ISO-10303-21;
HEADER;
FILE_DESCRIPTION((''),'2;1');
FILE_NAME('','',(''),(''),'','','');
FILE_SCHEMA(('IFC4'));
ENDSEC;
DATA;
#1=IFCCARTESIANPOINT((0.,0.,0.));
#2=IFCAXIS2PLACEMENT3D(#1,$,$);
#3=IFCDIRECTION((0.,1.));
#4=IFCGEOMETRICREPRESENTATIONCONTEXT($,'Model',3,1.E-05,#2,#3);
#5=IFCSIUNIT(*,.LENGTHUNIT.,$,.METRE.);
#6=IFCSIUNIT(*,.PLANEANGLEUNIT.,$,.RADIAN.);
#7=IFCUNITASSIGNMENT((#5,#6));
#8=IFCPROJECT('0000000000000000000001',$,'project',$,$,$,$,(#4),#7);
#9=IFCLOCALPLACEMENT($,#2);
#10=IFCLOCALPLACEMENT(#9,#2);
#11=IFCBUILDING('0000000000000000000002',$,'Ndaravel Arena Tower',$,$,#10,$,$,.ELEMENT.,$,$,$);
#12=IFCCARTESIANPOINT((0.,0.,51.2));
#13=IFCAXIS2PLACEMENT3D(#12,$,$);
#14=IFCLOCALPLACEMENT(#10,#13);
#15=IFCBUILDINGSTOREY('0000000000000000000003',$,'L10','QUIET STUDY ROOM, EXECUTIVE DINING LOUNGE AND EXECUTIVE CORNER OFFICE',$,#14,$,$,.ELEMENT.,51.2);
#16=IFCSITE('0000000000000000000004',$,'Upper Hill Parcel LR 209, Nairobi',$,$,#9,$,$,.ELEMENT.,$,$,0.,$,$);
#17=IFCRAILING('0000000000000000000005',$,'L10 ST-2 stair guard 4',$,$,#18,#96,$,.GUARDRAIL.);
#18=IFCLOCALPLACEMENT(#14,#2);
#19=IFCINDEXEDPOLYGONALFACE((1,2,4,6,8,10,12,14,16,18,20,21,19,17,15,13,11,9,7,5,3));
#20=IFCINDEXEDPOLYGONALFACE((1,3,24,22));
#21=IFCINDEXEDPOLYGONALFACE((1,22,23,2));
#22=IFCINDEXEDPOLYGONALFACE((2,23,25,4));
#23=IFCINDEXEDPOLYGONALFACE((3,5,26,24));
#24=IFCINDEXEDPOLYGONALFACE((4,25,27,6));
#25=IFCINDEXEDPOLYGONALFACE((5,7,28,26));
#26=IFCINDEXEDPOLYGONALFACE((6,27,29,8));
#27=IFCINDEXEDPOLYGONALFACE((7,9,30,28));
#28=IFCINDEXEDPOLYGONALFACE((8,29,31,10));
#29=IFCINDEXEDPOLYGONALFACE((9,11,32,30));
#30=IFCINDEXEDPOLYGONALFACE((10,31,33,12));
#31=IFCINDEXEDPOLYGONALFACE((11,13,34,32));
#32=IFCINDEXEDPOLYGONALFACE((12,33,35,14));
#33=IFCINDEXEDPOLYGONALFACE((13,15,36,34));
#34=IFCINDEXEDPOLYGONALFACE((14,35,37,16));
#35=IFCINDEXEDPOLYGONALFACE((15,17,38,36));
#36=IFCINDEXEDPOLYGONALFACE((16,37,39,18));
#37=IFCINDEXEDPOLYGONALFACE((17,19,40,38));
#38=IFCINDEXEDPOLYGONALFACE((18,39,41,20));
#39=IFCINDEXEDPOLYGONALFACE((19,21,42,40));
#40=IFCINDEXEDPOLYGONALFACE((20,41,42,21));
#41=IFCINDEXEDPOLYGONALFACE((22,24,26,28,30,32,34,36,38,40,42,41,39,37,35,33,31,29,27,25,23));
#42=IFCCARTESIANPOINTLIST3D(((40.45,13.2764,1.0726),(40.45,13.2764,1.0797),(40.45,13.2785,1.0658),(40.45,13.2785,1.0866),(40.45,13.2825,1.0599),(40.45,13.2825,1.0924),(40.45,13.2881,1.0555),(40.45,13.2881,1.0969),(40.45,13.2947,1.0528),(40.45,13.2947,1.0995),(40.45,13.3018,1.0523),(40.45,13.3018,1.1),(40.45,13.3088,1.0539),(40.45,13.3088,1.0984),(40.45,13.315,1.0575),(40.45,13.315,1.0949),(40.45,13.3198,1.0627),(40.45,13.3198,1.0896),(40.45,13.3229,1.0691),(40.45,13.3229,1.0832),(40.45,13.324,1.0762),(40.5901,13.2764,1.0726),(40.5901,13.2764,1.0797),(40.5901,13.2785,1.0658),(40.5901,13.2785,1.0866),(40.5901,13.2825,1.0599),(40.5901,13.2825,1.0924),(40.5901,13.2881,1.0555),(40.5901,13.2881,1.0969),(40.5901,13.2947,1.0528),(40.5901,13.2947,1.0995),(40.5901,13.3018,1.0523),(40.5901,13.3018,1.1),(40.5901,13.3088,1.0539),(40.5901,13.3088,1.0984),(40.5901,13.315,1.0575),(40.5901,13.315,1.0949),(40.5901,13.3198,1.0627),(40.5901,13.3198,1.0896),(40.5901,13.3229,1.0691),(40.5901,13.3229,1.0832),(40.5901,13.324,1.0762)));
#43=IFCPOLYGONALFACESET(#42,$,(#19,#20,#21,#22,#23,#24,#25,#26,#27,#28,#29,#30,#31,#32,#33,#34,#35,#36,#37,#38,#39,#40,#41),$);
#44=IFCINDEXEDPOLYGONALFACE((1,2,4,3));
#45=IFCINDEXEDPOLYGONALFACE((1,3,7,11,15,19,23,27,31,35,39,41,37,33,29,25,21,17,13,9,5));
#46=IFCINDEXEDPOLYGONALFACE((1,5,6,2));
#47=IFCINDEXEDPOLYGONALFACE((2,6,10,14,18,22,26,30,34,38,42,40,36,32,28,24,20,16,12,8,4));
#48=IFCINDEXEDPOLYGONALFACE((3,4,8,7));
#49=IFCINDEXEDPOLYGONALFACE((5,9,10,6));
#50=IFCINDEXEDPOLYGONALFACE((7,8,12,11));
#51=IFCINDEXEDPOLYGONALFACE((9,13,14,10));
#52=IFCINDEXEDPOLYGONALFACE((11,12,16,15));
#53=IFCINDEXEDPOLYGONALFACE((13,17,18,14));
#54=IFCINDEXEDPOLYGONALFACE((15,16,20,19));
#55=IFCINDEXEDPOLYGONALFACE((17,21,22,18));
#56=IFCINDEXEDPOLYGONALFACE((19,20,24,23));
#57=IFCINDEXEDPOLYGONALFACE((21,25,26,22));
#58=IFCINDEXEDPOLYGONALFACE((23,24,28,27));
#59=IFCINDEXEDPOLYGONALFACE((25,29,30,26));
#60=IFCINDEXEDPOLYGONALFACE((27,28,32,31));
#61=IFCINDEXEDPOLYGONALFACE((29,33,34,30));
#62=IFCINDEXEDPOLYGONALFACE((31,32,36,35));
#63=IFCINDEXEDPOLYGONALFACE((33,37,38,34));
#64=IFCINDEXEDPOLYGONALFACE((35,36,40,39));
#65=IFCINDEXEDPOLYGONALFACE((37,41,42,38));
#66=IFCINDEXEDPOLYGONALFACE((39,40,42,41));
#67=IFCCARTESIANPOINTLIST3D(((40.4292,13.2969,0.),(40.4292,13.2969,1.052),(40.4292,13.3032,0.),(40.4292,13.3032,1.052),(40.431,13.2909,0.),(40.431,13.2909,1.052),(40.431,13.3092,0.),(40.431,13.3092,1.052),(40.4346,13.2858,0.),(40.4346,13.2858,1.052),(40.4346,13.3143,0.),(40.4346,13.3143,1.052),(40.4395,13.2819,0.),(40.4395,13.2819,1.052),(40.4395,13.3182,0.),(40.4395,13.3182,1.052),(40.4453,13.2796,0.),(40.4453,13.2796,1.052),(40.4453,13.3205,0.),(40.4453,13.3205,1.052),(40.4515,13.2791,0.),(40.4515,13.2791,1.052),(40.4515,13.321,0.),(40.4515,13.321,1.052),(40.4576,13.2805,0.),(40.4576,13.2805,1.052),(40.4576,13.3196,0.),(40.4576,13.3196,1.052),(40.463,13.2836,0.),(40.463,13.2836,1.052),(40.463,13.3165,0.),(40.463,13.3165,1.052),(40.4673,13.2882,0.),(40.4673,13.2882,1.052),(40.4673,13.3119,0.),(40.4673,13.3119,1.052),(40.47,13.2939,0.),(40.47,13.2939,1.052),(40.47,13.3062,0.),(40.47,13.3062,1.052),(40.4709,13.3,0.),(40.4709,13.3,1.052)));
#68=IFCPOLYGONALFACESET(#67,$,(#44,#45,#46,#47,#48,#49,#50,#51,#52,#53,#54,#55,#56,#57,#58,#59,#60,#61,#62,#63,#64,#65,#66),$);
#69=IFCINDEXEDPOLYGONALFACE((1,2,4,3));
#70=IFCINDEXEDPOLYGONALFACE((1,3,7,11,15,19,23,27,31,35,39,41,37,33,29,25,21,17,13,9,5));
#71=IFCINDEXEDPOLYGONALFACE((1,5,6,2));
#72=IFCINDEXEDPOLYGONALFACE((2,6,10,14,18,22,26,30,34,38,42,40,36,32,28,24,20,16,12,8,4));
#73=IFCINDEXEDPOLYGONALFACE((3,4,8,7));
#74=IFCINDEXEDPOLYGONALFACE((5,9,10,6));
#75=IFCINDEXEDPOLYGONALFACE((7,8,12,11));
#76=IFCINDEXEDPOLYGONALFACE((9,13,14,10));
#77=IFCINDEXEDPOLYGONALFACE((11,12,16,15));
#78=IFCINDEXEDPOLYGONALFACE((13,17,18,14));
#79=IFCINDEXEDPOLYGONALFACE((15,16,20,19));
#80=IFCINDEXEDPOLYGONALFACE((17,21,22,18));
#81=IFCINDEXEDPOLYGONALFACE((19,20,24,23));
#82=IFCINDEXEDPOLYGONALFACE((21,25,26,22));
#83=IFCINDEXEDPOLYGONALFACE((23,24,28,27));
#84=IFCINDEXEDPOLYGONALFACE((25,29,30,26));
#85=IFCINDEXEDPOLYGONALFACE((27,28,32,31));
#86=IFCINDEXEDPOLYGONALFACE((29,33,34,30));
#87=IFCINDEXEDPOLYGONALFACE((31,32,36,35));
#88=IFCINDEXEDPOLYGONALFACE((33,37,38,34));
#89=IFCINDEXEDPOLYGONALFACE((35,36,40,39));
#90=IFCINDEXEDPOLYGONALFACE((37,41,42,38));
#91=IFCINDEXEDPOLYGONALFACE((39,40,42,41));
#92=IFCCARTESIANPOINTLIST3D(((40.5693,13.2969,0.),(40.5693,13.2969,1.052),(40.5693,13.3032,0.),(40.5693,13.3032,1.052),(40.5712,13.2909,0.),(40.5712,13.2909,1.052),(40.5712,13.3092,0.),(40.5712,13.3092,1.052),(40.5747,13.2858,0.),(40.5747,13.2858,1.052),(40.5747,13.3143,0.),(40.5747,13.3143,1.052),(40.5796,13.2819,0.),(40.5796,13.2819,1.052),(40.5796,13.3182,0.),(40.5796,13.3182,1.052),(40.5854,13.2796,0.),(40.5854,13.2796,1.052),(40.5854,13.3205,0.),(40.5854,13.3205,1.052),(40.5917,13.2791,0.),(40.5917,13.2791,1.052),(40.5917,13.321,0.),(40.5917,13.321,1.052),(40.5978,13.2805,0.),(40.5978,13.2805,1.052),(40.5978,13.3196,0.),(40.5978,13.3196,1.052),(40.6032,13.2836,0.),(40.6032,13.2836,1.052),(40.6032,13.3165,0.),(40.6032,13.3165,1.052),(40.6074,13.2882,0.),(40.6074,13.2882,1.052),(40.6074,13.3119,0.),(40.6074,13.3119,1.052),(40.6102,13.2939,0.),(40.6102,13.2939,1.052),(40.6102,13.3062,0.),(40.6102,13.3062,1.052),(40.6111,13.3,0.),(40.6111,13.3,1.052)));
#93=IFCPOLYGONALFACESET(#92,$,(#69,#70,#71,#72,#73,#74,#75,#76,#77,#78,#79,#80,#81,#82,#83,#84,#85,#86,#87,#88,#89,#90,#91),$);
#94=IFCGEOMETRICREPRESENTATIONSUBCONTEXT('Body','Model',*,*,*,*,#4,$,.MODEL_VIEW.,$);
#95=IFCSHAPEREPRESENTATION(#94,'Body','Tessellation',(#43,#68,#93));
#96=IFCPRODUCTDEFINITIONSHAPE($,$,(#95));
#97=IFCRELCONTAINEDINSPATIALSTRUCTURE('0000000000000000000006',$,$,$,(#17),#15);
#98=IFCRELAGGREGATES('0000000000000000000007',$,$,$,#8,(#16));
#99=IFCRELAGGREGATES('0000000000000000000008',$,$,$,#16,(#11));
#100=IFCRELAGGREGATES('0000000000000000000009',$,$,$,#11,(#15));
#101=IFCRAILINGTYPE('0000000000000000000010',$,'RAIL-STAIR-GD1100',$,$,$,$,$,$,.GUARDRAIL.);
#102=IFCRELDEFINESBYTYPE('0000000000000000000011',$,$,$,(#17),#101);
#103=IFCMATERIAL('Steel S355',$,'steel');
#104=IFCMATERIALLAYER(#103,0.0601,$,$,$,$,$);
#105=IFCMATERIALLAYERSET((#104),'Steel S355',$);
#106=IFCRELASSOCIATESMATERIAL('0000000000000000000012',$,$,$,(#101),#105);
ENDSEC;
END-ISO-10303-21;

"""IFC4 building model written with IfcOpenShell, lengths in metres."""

from ifc_helpers import new_model, si_unit, direction, frame, origin, origin_2d, place, context, subcontext, project, spatial, circle, extrude, material, layer, layer_set, type_object, element, save


model = new_model("IFC4")

# Units and contexts
model_context = context("Model", 3, precision=1e-05, world=origin(), true_north=direction((0.0, 1.0)))
body_context = subcontext(model_context, "Body", "Model", "MODEL_VIEW")
ifc_project = project(units=[si_unit("LENGTHUNIT", "METRE"), si_unit("PLANEANGLEUNIT", "RADIAN")], contexts=[model_context])

# Site, building, storey
site_placement = place(None, origin())
site = spatial("IfcSite", under=ifc_project, at=site_placement, Name="Upper Hill Parcel LR 209, Nairobi", CompositionType="ELEMENT", RefElevation=0.0)
building_placement = place(site_placement, origin())
building = spatial("IfcBuilding", under=site, at=building_placement, Name="Ndaravel Arena Tower", CompositionType="ELEMENT")
storey_placement = place(building_placement, frame((0.0, 0.0, 51.2)))
storey = spatial("IfcBuildingStorey", under=building, at=storey_placement, Name="L10", Description="QUIET STUDY ROOM, EXECUTIVE DINING LOUNGE AND EXECUTIVE CORNER OFFICE", CompositionType="ELEMENT", Elevation=51.2)

# Railing
ifc_material_1 = material(Name="Steel S355", Category="steel")
ifc_layer_1 = layer(ifc_material_1, 0.0601)
ifc_layer_set_1 = layer_set([ifc_layer_1], Name="Steel S355")
railing_type_1 = type_object("IfcRailingType", Name="RAIL-STAIR-GD1100", PredefinedType="GUARDRAIL", material=ifc_layer_set_1)
railing_1_placement = place(storey_placement, frame((40.45, 13.3, 0.0)))
element("IfcRailing", 1, at=railing_1_placement, inside=storey, type_object=railing_type_1, Name="L10 ST-2 stair guard 4", PredefinedType="GUARDRAIL", context=body_context, shape_type="SweptSolid", body=[
    extrude(circle(Radius=0.0239, at=origin_2d()), frame((0.0, 0.0, 1.0762), z_axis=(1.0, 0.0, 0.0), x_axis=(0.0, 1.0, 0.0)), (0.0, 0.0, 1.0), 0.1401),
    extrude(circle(Radius=0.021, at=origin_2d()), origin(), (0.0, 0.0, 1.0), 1.052),
    extrude(circle(Radius=0.021, at=origin_2d()), frame((0.1401, 0.0, 0.0)), (0.0, 0.0, 1.0), 1.052),
])

save(model, "model.ifc")
